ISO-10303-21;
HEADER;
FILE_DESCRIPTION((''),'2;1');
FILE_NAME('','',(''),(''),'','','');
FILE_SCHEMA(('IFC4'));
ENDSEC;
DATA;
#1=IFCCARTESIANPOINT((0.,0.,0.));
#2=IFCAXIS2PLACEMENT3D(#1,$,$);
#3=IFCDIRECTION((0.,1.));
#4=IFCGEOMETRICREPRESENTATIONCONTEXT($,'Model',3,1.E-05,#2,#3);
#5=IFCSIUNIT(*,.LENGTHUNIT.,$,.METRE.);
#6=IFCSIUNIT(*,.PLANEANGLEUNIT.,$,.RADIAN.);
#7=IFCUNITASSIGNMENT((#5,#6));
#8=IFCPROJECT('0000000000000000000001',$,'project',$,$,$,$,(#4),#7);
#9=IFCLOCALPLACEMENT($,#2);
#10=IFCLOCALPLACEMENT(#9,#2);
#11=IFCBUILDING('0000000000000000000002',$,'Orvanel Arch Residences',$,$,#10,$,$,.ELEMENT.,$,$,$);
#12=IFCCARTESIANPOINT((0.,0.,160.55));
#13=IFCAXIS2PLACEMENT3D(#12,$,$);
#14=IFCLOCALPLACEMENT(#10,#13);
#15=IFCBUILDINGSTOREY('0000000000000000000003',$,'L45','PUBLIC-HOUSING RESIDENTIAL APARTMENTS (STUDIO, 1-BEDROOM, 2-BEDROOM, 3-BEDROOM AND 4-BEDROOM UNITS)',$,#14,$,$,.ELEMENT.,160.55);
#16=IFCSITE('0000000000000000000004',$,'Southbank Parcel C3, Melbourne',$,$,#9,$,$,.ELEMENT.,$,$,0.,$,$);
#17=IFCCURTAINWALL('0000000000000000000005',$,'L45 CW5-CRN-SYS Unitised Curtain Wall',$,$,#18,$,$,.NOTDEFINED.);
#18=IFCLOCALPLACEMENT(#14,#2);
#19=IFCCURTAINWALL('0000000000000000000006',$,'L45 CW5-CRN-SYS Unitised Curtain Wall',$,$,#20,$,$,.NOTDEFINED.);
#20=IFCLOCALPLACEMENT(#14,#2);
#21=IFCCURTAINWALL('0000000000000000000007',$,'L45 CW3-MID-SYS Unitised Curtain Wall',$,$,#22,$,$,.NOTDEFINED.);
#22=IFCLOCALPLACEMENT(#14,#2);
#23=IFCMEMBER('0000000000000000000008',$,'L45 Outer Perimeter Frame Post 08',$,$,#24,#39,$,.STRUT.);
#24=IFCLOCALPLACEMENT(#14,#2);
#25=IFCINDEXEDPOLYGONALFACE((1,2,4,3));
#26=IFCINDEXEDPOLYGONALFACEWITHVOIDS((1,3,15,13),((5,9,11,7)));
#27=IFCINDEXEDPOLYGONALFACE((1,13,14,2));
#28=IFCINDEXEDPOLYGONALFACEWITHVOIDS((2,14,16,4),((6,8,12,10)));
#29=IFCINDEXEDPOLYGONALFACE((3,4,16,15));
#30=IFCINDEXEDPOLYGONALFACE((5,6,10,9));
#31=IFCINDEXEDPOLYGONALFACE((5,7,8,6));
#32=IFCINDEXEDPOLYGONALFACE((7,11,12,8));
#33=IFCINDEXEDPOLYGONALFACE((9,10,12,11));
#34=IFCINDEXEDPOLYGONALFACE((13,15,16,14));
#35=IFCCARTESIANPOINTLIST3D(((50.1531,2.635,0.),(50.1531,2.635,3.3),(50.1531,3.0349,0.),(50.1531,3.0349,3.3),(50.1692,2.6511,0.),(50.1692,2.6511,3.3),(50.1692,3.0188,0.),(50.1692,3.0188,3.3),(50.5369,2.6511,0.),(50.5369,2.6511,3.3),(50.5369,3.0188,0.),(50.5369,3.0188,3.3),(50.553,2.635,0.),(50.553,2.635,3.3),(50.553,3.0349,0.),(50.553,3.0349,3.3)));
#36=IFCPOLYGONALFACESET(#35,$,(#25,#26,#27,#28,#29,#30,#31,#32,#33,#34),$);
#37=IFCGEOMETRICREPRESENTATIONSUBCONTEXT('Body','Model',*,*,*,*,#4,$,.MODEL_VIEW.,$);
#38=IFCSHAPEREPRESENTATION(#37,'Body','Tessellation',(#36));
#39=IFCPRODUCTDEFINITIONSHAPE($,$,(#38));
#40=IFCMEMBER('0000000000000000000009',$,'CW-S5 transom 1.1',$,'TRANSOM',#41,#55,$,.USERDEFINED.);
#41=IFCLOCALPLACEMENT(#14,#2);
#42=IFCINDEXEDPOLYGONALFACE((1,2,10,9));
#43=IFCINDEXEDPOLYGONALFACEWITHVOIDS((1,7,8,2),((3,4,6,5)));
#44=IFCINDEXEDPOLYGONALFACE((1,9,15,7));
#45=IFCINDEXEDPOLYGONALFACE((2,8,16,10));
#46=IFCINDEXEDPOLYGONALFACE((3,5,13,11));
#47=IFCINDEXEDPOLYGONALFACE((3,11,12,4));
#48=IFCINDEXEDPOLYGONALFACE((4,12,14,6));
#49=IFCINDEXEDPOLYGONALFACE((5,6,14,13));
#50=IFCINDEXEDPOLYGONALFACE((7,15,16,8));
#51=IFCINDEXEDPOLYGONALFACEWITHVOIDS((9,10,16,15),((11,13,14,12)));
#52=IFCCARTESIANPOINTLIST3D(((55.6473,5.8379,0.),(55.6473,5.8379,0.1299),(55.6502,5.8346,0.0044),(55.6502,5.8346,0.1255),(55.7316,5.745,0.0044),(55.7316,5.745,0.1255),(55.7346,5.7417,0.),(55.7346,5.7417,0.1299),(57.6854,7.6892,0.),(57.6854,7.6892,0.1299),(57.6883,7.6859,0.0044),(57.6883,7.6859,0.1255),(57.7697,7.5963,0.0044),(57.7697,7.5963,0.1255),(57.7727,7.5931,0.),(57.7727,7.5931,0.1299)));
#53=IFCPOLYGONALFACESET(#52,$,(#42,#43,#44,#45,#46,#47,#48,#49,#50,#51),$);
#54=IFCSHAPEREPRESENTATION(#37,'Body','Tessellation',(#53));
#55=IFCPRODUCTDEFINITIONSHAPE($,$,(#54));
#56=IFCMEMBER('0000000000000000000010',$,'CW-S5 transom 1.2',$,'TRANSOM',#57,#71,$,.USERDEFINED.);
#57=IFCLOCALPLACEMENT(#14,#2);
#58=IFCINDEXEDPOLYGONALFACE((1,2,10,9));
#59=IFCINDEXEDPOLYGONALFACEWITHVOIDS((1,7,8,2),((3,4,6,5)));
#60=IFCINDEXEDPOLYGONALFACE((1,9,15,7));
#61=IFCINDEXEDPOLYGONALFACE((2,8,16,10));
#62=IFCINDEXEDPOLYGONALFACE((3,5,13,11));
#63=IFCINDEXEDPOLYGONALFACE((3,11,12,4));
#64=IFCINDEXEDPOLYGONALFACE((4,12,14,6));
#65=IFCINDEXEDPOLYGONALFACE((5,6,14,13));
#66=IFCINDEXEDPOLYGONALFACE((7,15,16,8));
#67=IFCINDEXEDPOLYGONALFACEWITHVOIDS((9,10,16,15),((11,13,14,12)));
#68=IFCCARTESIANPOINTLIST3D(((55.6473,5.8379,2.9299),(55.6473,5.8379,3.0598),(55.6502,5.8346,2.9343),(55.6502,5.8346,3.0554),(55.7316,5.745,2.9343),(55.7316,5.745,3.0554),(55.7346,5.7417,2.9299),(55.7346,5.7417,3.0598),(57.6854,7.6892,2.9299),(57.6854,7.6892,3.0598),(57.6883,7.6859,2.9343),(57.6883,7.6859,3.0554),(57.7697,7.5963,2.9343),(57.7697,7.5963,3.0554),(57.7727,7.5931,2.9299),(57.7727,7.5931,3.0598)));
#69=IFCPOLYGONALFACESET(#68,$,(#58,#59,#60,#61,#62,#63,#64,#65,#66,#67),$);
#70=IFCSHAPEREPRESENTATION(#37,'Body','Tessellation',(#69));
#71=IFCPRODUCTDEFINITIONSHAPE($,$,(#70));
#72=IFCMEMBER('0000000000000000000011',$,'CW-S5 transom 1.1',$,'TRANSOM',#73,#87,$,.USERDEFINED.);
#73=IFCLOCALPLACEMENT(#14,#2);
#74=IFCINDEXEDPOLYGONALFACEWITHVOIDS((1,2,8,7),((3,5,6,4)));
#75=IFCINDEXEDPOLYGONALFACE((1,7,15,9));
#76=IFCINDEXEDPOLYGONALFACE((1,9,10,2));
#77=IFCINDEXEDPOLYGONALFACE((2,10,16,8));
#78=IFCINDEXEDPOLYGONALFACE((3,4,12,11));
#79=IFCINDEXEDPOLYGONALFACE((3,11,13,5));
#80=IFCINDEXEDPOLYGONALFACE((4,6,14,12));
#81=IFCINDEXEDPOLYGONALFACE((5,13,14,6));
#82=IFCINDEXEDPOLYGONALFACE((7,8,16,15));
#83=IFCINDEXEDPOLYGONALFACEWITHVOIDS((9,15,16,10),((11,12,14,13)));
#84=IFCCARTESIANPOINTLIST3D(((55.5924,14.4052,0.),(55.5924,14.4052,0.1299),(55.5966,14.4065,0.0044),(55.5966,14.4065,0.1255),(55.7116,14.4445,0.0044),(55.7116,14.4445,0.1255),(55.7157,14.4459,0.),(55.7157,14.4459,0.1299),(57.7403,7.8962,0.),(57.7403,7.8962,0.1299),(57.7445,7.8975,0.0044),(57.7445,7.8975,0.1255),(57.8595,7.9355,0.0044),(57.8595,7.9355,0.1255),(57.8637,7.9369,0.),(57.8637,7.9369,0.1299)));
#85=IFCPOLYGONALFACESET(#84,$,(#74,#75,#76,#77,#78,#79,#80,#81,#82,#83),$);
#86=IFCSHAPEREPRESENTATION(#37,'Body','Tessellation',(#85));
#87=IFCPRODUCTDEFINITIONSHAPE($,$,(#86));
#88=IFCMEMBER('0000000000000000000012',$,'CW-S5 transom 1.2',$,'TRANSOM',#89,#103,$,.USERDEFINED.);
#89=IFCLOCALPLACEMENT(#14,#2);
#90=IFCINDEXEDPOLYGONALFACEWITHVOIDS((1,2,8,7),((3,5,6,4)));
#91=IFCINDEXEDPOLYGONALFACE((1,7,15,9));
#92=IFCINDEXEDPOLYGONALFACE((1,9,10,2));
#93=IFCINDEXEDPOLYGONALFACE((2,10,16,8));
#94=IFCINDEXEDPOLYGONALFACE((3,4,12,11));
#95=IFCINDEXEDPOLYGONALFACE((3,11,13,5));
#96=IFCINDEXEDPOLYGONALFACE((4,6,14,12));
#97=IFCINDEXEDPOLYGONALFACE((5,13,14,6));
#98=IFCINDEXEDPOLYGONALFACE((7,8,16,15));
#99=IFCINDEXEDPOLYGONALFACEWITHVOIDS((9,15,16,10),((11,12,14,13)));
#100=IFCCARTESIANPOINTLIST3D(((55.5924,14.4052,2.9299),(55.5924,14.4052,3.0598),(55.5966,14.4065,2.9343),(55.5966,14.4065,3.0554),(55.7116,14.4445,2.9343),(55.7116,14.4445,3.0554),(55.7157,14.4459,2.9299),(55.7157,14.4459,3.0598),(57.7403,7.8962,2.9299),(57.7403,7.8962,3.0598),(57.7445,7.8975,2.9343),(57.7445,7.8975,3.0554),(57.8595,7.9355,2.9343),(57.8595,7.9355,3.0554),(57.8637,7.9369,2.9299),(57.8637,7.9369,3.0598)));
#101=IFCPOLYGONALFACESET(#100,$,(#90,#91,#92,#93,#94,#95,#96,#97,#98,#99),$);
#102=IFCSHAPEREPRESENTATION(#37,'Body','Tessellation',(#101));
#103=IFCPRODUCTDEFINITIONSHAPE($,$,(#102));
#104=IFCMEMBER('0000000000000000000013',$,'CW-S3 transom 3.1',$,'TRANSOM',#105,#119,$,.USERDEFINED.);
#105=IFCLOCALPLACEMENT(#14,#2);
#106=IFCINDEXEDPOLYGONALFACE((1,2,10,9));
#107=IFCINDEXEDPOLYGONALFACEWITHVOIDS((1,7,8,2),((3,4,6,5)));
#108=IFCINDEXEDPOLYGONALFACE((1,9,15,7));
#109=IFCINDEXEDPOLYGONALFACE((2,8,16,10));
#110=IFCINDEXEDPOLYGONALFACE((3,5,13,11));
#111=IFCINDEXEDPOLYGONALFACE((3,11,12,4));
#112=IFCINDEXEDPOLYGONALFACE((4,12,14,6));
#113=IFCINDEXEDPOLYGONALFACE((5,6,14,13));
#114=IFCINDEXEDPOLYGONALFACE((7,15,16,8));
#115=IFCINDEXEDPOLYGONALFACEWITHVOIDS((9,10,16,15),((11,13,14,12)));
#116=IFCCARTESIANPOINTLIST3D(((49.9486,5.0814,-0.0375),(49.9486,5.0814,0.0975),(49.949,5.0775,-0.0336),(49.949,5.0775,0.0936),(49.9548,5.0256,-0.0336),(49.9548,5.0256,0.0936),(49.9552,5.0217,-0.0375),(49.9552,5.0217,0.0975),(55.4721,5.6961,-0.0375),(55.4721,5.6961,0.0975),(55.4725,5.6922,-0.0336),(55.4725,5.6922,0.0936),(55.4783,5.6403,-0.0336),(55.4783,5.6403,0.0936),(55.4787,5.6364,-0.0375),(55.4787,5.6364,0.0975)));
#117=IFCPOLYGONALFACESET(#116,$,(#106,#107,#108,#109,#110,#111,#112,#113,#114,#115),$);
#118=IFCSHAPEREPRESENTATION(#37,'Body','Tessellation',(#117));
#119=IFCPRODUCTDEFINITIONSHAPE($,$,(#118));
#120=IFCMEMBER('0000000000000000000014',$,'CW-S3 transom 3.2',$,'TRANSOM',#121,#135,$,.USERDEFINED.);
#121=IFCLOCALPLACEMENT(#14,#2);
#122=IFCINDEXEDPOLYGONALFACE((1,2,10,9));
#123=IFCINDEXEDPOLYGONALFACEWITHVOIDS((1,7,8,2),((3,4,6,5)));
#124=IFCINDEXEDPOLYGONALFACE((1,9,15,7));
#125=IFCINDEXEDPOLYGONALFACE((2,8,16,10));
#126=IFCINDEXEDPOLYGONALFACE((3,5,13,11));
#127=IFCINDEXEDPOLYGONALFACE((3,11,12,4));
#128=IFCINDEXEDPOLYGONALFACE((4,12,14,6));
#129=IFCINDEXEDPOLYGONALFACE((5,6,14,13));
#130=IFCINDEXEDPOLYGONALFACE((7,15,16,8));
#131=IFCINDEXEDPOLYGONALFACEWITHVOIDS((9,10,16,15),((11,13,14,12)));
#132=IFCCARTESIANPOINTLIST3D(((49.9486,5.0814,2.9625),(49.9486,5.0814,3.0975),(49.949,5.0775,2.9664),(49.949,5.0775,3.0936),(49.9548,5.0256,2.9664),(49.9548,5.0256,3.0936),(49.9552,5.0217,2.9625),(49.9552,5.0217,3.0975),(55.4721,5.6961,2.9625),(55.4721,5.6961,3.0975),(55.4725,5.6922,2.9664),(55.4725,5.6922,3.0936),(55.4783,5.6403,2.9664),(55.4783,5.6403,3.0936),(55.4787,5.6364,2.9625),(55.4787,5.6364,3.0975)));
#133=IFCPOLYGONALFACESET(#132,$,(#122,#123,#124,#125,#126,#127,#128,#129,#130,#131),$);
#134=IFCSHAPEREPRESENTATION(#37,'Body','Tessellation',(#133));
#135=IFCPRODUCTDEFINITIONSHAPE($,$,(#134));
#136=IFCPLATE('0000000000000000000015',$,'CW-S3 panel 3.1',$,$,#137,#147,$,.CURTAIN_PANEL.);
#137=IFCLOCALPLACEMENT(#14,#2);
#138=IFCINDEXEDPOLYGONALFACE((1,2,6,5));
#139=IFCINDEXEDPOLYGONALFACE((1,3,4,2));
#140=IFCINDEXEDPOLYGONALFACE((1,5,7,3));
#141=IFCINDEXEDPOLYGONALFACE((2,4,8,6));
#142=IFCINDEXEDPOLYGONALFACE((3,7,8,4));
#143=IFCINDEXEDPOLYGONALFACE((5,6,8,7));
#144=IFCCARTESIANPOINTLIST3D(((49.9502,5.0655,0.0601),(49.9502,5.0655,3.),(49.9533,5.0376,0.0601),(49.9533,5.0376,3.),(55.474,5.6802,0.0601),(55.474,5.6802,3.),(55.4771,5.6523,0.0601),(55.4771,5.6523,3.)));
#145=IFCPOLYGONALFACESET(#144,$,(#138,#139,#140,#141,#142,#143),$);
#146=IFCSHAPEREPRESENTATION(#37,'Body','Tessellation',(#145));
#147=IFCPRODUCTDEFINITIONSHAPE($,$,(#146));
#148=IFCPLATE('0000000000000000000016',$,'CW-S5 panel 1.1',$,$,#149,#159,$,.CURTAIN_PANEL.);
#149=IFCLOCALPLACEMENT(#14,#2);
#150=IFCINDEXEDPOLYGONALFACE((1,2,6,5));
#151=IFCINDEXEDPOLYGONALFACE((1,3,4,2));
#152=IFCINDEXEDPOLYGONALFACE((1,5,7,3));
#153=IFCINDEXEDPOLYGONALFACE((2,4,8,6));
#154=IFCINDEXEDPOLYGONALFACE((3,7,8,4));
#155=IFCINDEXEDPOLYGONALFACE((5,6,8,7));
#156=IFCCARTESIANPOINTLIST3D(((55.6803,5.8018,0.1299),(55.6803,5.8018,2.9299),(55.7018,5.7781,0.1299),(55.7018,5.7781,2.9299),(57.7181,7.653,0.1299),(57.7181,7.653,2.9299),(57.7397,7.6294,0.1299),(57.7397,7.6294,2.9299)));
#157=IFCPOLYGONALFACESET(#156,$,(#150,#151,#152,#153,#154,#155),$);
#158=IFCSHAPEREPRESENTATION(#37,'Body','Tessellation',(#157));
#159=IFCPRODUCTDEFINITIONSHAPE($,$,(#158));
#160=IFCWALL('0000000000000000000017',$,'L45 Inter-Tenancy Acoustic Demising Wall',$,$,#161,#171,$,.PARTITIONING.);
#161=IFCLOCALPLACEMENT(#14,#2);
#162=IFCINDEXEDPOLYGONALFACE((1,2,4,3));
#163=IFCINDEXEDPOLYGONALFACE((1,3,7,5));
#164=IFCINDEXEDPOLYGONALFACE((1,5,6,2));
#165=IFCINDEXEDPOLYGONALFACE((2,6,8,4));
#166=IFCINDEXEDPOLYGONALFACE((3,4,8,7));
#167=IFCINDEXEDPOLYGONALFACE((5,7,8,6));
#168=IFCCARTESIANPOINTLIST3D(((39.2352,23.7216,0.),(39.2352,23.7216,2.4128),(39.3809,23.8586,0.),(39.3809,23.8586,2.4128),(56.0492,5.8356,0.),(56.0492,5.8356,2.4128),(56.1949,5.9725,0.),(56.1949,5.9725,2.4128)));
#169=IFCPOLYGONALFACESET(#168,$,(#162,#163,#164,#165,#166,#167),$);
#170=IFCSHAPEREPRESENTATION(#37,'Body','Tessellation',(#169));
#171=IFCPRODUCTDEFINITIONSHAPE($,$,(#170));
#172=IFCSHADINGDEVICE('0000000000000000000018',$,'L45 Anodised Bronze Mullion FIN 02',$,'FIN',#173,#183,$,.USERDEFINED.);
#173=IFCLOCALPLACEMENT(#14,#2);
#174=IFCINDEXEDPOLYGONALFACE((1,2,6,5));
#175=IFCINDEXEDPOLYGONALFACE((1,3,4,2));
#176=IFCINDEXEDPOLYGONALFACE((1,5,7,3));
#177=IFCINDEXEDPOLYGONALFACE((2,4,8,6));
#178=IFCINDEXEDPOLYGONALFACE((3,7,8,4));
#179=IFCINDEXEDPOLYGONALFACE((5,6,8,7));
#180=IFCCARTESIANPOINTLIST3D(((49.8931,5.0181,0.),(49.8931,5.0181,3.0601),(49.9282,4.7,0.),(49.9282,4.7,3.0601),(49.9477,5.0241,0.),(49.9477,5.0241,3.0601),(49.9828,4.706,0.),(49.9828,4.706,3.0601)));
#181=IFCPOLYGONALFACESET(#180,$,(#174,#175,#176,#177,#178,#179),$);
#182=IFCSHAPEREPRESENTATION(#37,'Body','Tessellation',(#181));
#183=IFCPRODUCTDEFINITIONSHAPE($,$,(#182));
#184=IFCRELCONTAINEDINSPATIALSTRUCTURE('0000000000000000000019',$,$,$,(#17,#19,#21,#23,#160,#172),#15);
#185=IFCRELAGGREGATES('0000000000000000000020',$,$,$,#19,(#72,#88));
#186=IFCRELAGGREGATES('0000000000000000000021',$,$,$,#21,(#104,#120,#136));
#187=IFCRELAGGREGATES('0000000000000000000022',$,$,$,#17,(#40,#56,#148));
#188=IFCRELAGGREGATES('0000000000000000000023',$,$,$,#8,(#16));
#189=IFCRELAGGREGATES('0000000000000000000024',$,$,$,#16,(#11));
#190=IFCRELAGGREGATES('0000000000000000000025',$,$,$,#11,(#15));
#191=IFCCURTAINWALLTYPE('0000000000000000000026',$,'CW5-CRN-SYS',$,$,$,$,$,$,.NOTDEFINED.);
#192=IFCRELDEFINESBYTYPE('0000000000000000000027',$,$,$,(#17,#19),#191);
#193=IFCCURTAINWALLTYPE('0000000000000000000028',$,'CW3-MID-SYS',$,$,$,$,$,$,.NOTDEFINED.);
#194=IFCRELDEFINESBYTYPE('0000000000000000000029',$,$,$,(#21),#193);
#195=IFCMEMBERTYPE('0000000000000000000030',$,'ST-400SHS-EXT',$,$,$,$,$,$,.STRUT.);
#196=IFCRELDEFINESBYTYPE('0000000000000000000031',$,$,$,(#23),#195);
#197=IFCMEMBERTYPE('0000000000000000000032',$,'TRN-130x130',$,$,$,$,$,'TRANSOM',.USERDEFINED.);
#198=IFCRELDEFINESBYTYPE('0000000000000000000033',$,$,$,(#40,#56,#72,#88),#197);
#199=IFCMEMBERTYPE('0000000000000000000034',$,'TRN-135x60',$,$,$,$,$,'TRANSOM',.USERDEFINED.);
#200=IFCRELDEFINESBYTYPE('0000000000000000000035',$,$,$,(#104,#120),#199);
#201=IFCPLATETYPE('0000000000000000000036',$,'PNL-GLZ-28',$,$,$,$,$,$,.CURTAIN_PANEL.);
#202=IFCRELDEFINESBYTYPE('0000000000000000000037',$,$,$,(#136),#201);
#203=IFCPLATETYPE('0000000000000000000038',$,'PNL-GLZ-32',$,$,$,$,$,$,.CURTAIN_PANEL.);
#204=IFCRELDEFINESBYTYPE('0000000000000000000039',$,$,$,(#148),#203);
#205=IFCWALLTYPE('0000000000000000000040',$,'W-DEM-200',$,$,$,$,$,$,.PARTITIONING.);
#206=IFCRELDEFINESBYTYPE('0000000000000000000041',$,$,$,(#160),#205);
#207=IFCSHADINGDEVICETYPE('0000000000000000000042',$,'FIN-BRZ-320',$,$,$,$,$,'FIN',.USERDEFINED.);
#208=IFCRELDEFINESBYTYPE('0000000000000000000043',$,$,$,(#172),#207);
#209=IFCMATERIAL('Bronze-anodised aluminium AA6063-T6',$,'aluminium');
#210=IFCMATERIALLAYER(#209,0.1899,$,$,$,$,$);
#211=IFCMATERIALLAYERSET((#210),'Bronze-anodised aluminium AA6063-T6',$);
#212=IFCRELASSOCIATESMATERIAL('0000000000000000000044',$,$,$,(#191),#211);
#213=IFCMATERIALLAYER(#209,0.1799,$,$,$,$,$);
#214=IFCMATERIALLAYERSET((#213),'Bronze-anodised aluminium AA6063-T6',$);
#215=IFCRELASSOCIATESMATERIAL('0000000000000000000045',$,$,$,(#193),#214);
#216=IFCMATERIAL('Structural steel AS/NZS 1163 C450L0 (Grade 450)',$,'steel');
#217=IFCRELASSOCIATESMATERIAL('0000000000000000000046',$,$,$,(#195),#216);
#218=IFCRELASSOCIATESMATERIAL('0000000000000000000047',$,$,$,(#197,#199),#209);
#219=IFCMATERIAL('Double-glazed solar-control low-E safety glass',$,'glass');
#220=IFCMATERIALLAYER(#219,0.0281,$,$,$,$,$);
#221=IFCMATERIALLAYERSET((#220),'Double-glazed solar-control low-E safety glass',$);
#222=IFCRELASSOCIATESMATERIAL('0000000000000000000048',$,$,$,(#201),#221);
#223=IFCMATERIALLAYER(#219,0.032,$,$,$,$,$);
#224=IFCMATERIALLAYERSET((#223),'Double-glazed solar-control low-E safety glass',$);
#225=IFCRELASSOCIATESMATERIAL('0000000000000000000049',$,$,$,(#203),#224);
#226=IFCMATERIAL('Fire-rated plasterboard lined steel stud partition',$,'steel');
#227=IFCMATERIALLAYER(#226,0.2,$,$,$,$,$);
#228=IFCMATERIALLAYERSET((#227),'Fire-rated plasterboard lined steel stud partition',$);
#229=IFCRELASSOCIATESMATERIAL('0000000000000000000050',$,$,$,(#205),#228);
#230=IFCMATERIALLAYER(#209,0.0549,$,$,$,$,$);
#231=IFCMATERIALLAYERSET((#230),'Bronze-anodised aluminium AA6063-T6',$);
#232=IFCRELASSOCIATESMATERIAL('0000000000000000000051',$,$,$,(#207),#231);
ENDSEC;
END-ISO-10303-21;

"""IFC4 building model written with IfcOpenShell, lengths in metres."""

from ifc_helpers import new_model, si_unit, direction, frame, frame_2d, origin, origin_2d, place, context, subcontext, project, spatial, rectangle, hollow_rectangle, extrude, material, layer, layer_set, material_profile, profile_set, type_object, element, aggregate, save


model = new_model("IFC4")

# Units and contexts
model_context = context("Model", 3, precision=1e-05, world=origin(), true_north=direction((0.0, 1.0)))
body_context = subcontext(model_context, "Body", "Model", "MODEL_VIEW")
ifc_project = project(units=[si_unit("LENGTHUNIT", "METRE"), si_unit("PLANEANGLEUNIT", "RADIAN")], contexts=[model_context])

# Site, building, storey
site_placement = place(None, origin())
site = spatial("IfcSite", under=ifc_project, at=site_placement, Name="Southbank Parcel C3, Melbourne", CompositionType="ELEMENT", RefElevation=0.0)
building_placement = place(site_placement, origin())
building = spatial("IfcBuilding", under=site, at=building_placement, Name="Orvanel Arch Residences", CompositionType="ELEMENT")
storey_placement = place(building_placement, frame((0.0, 0.0, 160.55)))
storey = spatial("IfcBuildingStorey", under=building, at=storey_placement, Name="L45", Description="PUBLIC-HOUSING RESIDENTIAL APARTMENTS (STUDIO, 1-BEDROOM, 2-BEDROOM, 3-BEDROOM AND 4-BEDROOM UNITS)", CompositionType="ELEMENT", Elevation=160.55)

# Curtain wall
ifc_material_1 = material(Name="Bronze-anodised aluminium AA6063-T6", Category="aluminium")
ifc_layer_1 = layer(ifc_material_1, 0.1899)
ifc_layer_set_1 = layer_set([ifc_layer_1], Name="Bronze-anodised aluminium AA6063-T6")
curtain_wall_type_1 = type_object("IfcCurtainWallType", Name="CW5-CRN-SYS", PredefinedType="NOTDEFINED", material=ifc_layer_set_1)
curtain_wall_1_placement = place(storey_placement, origin())
curtain_wall_1 = element("IfcCurtainWall", 1, at=curtain_wall_1_placement, inside=storey, type_object=curtain_wall_type_1, Name="L45 CW5-CRN-SYS Unitised Curtain Wall", PredefinedType="NOTDEFINED")

# Curtain wall
curtain_wall_2_placement = place(storey_placement, origin())
curtain_wall_2 = element("IfcCurtainWall", 2, at=curtain_wall_2_placement, inside=storey, type_object=curtain_wall_type_1, Name="L45 CW5-CRN-SYS Unitised Curtain Wall", PredefinedType="NOTDEFINED")

# Curtain wall
ifc_layer_2 = layer(ifc_material_1, 0.1799)
ifc_layer_set_2 = layer_set([ifc_layer_2], Name="Bronze-anodised aluminium AA6063-T6")
curtain_wall_type_2 = type_object("IfcCurtainWallType", Name="CW3-MID-SYS", PredefinedType="NOTDEFINED", material=ifc_layer_set_2)
curtain_wall_3_placement = place(storey_placement, origin())
curtain_wall_3 = element("IfcCurtainWall", 3, at=curtain_wall_3_placement, inside=storey, type_object=curtain_wall_type_2, Name="L45 CW3-MID-SYS Unitised Curtain Wall", PredefinedType="NOTDEFINED")

# Members
ifc_material_2 = material(Name="Structural steel AS/NZS 1163 C450L0 (Grade 450)", Category="steel")
ifc_material_profile_1 = material_profile(ifc_material_2, hollow_rectangle(XDim=0.3999, YDim=0.3999, WallThickness=0.0161, at=origin_2d()), Name="SHS400x400x16")
ifc_profile_set_1 = profile_set([ifc_material_profile_1], Name="Structural steel AS/NZS 1163 C450L0 (Grade 450)")
member_type_1 = type_object("IfcMemberType", Name="ST-400SHS-EXT", PredefinedType="STRUT", material=ifc_profile_set_1)
member_1_placement = place(storey_placement, frame((50.353, 2.835, 0.0), z_axis=(0.0, 0.0, 1.0), x_axis=(1.0, 0.0, 0.0)))
element("IfcMember", 4, at=member_1_placement, inside=storey, type_object=member_type_1, Name="L45 Outer Perimeter Frame Post 08", PredefinedType="STRUT", context=body_context, shape_type="SweptSolid", body=[
    extrude(hollow_rectangle(XDim=0.3999, YDim=0.3999, WallThickness=0.0161, at=origin_2d()), origin(), (0.0, 0.0, 1.0), 3.3),
])
ifc_material_profile_2 = material_profile(ifc_material_1, hollow_rectangle(XDim=0.1299, YDim=0.1299, WallThickness=0.0044, at=origin_2d()), Name="ALU130x130x4.5")
ifc_profile_set_2 = profile_set([ifc_material_profile_2], Name="Bronze-anodised aluminium AA6063-T6")
member_type_2 = type_object("IfcMemberType", Name="TRN-130x130", ElementType="TRANSOM", PredefinedType="USERDEFINED", material=ifc_profile_set_2)
member_2_placement = place(storey_placement, frame((55.6909, 5.7898, 0.0649), z_axis=(0.740209, 0.672377, 0.0), x_axis=(-0.672377, 0.740209, 0.0)))
member_2 = element("IfcMember", 5, at=member_2_placement, type_object=member_type_2, Name="CW-S5 transom 1.1", ObjectType="TRANSOM", PredefinedType="USERDEFINED", context=body_context, shape_type="SweptSolid", body=[
    extrude(hollow_rectangle(XDim=0.1299, YDim=0.1299, WallThickness=0.0044, at=origin_2d()), origin(), (0.0, 0.0, 1.0), 2.7534),
])
member_3_placement = place(storey_placement, frame((55.6909, 5.7898, 2.9949), z_axis=(0.740209, 0.672377, 0.0), x_axis=(-0.672377, 0.740209, 0.0)))
member_3 = element("IfcMember", 6, at=member_3_placement, type_object=member_type_2, Name="CW-S5 transom 1.2", ObjectType="TRANSOM", PredefinedType="USERDEFINED", context=body_context, shape_type="SweptSolid", body=[
    extrude(hollow_rectangle(XDim=0.1299, YDim=0.1299, WallThickness=0.0044, at=origin_2d()), origin(), (0.0, 0.0, 1.0), 2.7534),
])
member_4_placement = place(storey_placement, frame((57.802, 7.9165, 0.0649), z_axis=(-0.313373, 0.94963, 0.0), x_axis=(-0.94963, -0.313373, 0.0)))
member_4 = element("IfcMember", 7, at=member_4_placement, type_object=member_type_2, Name="CW-S5 transom 1.1", ObjectType="TRANSOM", PredefinedType="USERDEFINED", context=body_context, shape_type="SweptSolid", body=[
    extrude(hollow_rectangle(XDim=0.1299, YDim=0.1299, WallThickness=0.0044, at=origin_2d()), origin(), (0.0, 0.0, 1.0), 6.8542),
])
member_5_placement = place(storey_placement, frame((57.802, 7.9165, 2.9949), z_axis=(-0.313373, 0.94963, 0.0), x_axis=(-0.94963, -0.313373, 0.0)))
member_5 = element("IfcMember", 8, at=member_5_placement, type_object=member_type_2, Name="CW-S5 transom 1.2", ObjectType="TRANSOM", PredefinedType="USERDEFINED", context=body_context, shape_type="SweptSolid", body=[
    extrude(hollow_rectangle(XDim=0.1299, YDim=0.1299, WallThickness=0.0044, at=origin_2d()), origin(), (0.0, 0.0, 1.0), 6.8542),
])
aggregate(curtain_wall_2, [member_4, member_5])
ifc_material_profile_3 = material_profile(ifc_material_1, hollow_rectangle(XDim=0.0601, YDim=0.135, WallThickness=0.0039, at=origin_2d()), Name="ALU135x60x4")
ifc_profile_set_3 = profile_set([ifc_material_profile_3], Name="Bronze-anodised aluminium AA6063-T6")
member_type_3 = type_object("IfcMemberType", Name="TRN-135x60", ElementType="TRANSOM", PredefinedType="USERDEFINED", material=ifc_profile_set_3)
member_6_placement = place(storey_placement, frame((49.9519, 5.0515, 0.03), z_axis=(0.993863, 0.110615, 0.0), x_axis=(-0.110615, 0.993863, 0.0)))
member_6 = element("IfcMember", 9, at=member_6_placement, type_object=member_type_3, Name="CW-S3 transom 3.1", ObjectType="TRANSOM", PredefinedType="USERDEFINED", context=body_context, shape_type="SweptSolid", body=[
    extrude(hollow_rectangle(XDim=0.0601, YDim=0.135, WallThickness=0.0039, at=origin_2d()), origin(), (0.0, 0.0, 1.0), 5.5576),
])
member_7_placement = place(storey_placement, frame((49.9519, 5.0515, 3.03), z_axis=(0.993863, 0.110615, 0.0), x_axis=(-0.110615, 0.993863, 0.0)))
member_7 = element("IfcMember", 10, at=member_7_placement, type_object=member_type_3, Name="CW-S3 transom 3.2", ObjectType="TRANSOM", PredefinedType="USERDEFINED", context=body_context, shape_type="SweptSolid", body=[
    extrude(hollow_rectangle(XDim=0.0601, YDim=0.135, WallThickness=0.0039, at=origin_2d()), origin(), (0.0, 0.0, 1.0), 5.5576),
])

# Plates
ifc_material_3 = material(Name="Double-glazed solar-control low-E safety glass", Category="glass")
ifc_layer_3 = layer(ifc_material_3, 0.0281)
ifc_layer_set_3 = layer_set([ifc_layer_3], Name="Double-glazed solar-control low-E safety glass")
plate_type_1 = type_object("IfcPlateType", Name="PNL-GLZ-28", PredefinedType="CURTAIN_PANEL", material=ifc_layer_set_3)
plate_1_placement = place(storey_placement, frame((52.7136, 5.3589, 0.0601), z_axis=(0.0, 0.0, 1.0), x_axis=(0.993864, 0.110606, 0.0)))
plate_1 = element("IfcPlate", 11, at=plate_1_placement, type_object=plate_type_1, Name="CW-S3 panel 3.1", PredefinedType="CURTAIN_PANEL", context=body_context, shape_type="SweptSolid", body=[
    extrude(rectangle(XDim=5.5579, YDim=0.0281, at=origin_2d()), origin(), (0.0, 0.0, 1.0), 2.9399),
])
aggregate(curtain_wall_3, [member_6, member_7, plate_1])
ifc_layer_4 = layer(ifc_material_3, 0.032)
ifc_layer_set_4 = layer_set([ifc_layer_4], Name="Double-glazed solar-control low-E safety glass")
plate_type_2 = type_object("IfcPlateType", Name="PNL-GLZ-32", PredefinedType="CURTAIN_PANEL", material=ifc_layer_set_4)
plate_2_placement = place(storey_placement, frame((56.71, 6.7156, 0.1299), z_axis=(0.0, 0.0, 1.0), x_axis=(0.740192, 0.672396, 0.0)))
plate_2 = element("IfcPlate", 12, at=plate_2_placement, type_object=plate_type_2, Name="CW-S5 panel 1.1", PredefinedType="CURTAIN_PANEL", context=body_context, shape_type="SweptSolid", body=[
    extrude(rectangle(XDim=2.7532, YDim=0.032, at=origin_2d()), origin(), (0.0, 0.0, 1.0), 2.8),
])
aggregate(curtain_wall_1, [member_2, member_3, plate_2])

# Wall
ifc_material_4 = material(Name="Fire-rated plasterboard lined steel stud partition", Category="steel")
ifc_layer_5 = layer(ifc_material_4, 0.2)
ifc_layer_set_5 = layer_set([ifc_layer_5], Name="Fire-rated plasterboard lined steel stud partition")
wall_type = type_object("IfcWallType", Name="W-DEM-200", PredefinedType="PARTITIONING", material=ifc_layer_set_5)
wall_placement = place(storey_placement, frame((56.1221, 5.9041, 0.0), z_axis=(0.0, 0.0, 1.0), x_axis=(-0.684935, 0.728605, 0.0)))
element("IfcWall", 13, at=wall_placement, inside=storey, type_object=wall_type, Name="L45 Inter-Tenancy Acoustic Demising Wall", PredefinedType="PARTITIONING", context=body_context, shape_type="SweptSolid", body=[
    extrude(rectangle(XDim=24.5483, YDim=0.2, at=frame_2d((12.2742, 0.0))), origin(), (0.0, 0.0, 1.0), 2.4128),
])

# Shading device
ifc_layer_6 = layer(ifc_material_1, 0.0549)
ifc_layer_set_6 = layer_set([ifc_layer_6], Name="Bronze-anodised aluminium AA6063-T6")
shading_device_type = type_object("IfcShadingDeviceType", Name="FIN-BRZ-320", ElementType="FIN", PredefinedType="USERDEFINED", material=ifc_layer_set_6)
shading_device_placement = place(storey_placement, frame((49.938, 4.8621, 0.0), z_axis=(0.0, 0.0, 1.0), x_axis=(0.109734, -0.993961, 0.0)))
element("IfcShadingDevice", 14, at=shading_device_placement, inside=storey, type_object=shading_device_type, Name="L45 Anodised Bronze Mullion FIN 02", ObjectType="FIN", PredefinedType="USERDEFINED", context=body_context, shape_type="SweptSolid", body=[
    extrude(rectangle(XDim=0.3201, YDim=0.0549, at=origin_2d()), origin(), (0.0, 0.0, 1.0), 3.0601),
])

save(model, "model.ifc")
